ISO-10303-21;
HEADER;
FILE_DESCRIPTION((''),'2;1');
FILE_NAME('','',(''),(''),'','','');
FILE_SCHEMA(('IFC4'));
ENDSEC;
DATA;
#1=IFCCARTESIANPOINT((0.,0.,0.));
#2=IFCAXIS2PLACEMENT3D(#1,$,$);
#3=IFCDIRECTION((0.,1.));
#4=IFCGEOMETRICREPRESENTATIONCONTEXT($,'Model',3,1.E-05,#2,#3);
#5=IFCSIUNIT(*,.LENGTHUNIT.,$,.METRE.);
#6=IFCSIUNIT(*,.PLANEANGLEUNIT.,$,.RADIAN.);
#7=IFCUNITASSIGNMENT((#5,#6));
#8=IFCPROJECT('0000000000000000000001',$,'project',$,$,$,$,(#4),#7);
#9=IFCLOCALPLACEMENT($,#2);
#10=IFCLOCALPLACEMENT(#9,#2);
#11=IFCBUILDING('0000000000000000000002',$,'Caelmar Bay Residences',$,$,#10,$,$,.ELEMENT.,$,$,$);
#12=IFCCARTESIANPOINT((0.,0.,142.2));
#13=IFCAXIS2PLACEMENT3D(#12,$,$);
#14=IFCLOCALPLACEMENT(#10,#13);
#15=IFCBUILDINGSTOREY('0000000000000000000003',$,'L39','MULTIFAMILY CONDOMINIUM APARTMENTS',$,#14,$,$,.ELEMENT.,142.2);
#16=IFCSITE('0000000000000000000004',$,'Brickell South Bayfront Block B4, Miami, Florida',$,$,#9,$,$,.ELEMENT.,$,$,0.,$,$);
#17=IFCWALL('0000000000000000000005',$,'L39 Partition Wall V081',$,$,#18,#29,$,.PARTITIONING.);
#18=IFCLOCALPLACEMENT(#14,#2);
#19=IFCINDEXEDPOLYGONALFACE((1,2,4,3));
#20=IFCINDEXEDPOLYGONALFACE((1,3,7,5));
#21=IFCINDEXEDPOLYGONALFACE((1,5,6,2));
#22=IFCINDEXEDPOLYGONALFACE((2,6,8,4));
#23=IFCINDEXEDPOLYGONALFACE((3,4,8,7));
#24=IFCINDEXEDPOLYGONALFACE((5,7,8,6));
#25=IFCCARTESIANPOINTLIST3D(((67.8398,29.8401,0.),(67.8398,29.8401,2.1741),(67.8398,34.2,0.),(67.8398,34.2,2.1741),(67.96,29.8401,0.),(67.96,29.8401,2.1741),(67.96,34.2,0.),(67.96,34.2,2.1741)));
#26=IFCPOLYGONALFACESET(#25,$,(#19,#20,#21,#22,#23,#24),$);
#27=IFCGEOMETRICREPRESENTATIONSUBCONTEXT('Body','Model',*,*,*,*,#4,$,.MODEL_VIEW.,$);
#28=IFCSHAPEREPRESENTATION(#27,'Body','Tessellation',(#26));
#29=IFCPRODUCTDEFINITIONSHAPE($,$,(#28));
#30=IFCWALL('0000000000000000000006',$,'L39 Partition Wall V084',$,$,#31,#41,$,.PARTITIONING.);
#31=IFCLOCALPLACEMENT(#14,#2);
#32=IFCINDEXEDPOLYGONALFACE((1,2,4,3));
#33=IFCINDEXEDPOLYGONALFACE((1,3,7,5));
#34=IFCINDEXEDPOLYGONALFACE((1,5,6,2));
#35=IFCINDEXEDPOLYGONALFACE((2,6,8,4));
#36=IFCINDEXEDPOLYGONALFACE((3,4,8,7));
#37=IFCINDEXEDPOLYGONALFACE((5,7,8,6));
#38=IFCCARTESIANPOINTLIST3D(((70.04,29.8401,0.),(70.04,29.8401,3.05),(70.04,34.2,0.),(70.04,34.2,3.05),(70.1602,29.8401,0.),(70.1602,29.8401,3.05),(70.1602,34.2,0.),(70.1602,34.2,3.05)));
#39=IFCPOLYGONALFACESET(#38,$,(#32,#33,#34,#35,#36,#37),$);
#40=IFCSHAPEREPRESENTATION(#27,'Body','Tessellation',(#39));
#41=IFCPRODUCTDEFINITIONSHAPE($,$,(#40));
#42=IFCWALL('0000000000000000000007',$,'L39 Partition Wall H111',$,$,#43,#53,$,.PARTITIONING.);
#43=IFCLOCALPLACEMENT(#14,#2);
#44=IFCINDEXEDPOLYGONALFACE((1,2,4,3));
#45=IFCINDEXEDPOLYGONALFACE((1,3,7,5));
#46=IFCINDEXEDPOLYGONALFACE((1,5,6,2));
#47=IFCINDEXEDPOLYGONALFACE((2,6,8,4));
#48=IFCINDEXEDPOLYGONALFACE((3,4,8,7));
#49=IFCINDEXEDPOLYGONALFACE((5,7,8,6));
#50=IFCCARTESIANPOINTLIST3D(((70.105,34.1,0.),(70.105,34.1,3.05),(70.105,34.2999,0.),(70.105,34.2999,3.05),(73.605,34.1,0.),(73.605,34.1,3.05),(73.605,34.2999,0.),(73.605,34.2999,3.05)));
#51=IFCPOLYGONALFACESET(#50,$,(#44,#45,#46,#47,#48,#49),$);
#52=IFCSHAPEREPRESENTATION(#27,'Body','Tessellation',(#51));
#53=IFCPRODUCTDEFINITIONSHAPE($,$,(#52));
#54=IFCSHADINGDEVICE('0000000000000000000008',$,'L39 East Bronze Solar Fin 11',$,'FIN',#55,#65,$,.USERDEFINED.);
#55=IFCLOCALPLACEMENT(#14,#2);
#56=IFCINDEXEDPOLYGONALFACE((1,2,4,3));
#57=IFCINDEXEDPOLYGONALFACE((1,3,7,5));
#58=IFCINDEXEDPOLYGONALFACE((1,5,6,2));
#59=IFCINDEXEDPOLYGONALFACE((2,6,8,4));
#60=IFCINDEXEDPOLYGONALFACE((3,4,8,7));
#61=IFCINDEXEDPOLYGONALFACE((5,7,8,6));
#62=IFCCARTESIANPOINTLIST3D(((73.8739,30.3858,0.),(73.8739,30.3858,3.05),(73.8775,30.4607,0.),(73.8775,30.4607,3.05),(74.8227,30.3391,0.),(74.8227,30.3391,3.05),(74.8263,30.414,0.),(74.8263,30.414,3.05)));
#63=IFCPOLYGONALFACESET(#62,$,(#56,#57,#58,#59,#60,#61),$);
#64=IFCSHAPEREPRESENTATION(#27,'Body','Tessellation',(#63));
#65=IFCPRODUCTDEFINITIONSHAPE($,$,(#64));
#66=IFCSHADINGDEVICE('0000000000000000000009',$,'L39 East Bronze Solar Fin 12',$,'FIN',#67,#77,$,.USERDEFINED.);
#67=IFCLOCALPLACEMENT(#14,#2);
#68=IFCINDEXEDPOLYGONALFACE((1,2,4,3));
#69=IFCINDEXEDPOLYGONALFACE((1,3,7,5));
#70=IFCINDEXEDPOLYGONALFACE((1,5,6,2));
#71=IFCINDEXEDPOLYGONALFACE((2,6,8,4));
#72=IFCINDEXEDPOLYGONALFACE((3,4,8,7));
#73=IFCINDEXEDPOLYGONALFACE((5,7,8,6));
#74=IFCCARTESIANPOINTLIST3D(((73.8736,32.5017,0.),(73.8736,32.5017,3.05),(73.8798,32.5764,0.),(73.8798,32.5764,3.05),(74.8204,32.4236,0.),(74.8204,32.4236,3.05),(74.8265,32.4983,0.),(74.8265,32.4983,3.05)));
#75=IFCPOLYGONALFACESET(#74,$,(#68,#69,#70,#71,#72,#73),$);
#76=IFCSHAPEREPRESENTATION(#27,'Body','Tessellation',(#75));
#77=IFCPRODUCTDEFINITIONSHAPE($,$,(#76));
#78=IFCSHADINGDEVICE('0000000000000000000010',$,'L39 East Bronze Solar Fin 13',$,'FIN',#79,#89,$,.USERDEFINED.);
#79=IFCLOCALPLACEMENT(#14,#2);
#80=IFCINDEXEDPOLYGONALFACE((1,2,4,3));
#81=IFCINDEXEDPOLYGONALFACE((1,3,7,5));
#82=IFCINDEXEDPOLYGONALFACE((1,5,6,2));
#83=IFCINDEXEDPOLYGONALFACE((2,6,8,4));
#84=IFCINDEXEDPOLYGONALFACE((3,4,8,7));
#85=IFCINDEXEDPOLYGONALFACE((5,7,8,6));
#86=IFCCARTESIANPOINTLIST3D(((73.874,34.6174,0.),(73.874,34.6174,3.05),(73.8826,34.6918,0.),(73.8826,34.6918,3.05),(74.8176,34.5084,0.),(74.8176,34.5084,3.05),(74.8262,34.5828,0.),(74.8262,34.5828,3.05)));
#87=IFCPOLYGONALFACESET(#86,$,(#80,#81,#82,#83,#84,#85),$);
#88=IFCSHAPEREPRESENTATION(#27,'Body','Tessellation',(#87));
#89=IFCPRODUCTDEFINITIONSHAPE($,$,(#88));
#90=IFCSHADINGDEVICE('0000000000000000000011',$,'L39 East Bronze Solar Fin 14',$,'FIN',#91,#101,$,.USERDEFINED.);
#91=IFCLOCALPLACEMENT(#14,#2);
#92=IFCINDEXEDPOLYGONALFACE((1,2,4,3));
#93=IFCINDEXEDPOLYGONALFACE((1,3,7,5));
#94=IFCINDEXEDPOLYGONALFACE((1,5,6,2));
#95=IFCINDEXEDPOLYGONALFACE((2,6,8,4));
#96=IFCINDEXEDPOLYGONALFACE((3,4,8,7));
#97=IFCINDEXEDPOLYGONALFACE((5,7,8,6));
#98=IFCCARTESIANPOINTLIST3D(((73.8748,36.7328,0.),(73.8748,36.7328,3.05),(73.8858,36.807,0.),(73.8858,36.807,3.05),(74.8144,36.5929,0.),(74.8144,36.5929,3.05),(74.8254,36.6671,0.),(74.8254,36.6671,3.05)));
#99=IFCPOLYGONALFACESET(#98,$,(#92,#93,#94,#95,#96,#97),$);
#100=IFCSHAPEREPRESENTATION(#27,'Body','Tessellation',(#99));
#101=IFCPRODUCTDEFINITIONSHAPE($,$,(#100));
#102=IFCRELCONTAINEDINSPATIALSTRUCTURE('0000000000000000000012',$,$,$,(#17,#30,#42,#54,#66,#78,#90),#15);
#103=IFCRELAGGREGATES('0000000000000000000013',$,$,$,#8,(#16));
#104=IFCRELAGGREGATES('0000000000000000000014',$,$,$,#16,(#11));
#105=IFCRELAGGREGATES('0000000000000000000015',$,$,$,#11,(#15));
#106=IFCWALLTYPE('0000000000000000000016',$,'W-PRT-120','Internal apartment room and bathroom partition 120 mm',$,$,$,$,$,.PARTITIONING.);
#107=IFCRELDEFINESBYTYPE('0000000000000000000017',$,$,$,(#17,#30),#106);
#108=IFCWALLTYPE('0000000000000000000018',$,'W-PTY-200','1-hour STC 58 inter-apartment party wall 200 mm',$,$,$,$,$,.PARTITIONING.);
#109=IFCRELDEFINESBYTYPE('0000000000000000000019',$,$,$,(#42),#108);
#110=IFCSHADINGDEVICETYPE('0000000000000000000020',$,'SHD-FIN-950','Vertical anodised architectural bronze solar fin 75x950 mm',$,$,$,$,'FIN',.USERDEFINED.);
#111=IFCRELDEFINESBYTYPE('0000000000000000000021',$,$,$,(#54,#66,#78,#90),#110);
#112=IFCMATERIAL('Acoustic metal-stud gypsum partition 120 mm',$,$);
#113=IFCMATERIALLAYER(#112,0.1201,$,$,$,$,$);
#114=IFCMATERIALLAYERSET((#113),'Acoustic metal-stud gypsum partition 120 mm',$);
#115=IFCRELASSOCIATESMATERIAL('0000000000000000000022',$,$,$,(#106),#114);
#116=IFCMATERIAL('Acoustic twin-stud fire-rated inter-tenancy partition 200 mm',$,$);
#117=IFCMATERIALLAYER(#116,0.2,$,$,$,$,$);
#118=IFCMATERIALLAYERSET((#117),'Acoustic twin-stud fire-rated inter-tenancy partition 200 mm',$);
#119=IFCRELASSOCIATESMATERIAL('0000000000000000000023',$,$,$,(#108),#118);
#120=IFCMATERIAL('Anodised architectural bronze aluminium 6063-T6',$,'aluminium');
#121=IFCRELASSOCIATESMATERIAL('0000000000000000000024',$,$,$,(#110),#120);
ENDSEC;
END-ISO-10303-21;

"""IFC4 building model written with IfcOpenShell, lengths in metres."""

from ifc_helpers import new_model, si_unit, direction, frame, frame_2d, origin, origin_2d, place, context, subcontext, project, spatial, rectangle, extrude, material, layer, layer_set, material_profile, profile_set, type_object, element, save


model = new_model("IFC4")

# Units and contexts
model_context = context("Model", 3, precision=1e-05, world=origin(), true_north=direction((0.0, 1.0)))
body_context = subcontext(model_context, "Body", "Model", "MODEL_VIEW")
ifc_project = project(units=[si_unit("LENGTHUNIT", "METRE"), si_unit("PLANEANGLEUNIT", "RADIAN")], contexts=[model_context])

# Site, building, storey
site_placement = place(None, origin())
site = spatial("IfcSite", under=ifc_project, at=site_placement, Name="Brickell South Bayfront Block B4, Miami, Florida", CompositionType="ELEMENT", RefElevation=0.0)
building_placement = place(site_placement, origin())
building = spatial("IfcBuilding", under=site, at=building_placement, Name="Caelmar Bay Residences", CompositionType="ELEMENT")
storey_placement = place(building_placement, frame((0.0, 0.0, 142.2)))
storey = spatial("IfcBuildingStorey", under=building, at=storey_placement, Name="L39", Description="MULTIFAMILY CONDOMINIUM APARTMENTS", CompositionType="ELEMENT", Elevation=142.2)

# Shared definitions
ifc_material_1 = material(Name="Acoustic metal-stud gypsum partition 120 mm")
ifc_layer_1 = layer(ifc_material_1, 0.1201)
ifc_layer_set_1 = layer_set([ifc_layer_1], Name="Acoustic metal-stud gypsum partition 120 mm")
wall_type_1 = type_object("IfcWallType", Name="W-PRT-120", Description="Internal apartment room and bathroom partition 120 mm", PredefinedType="PARTITIONING", material=ifc_layer_set_1)

# Walls
wall_1_placement = place(storey_placement, frame((67.8999, 29.8401, 0.0), z_axis=(0.0, 0.0, 1.0), x_axis=(0.0, 1.0, 0.0)))
element("IfcWall", 1, at=wall_1_placement, inside=storey, type_object=wall_type_1, Name="L39 Partition Wall V081", PredefinedType="PARTITIONING", context=body_context, shape_type="SweptSolid", body=[
    extrude(rectangle(XDim=4.3599, YDim=0.1201, at=frame_2d((2.1799, 0.0))), origin(), (0.0, 0.0, 1.0), 2.1741),
])
wall_2_placement = place(storey_placement, frame((70.1001, 29.8401, 0.0), z_axis=(0.0, 0.0, 1.0), x_axis=(0.0, 1.0, 0.0)))
element("IfcWall", 2, at=wall_2_placement, inside=storey, type_object=wall_type_1, Name="L39 Partition Wall V084", PredefinedType="PARTITIONING", context=body_context, shape_type="SweptSolid", body=[
    extrude(rectangle(XDim=4.3599, YDim=0.1201, at=frame_2d((2.1799, 0.0))), origin(), (0.0, 0.0, 1.0), 3.05),
])
ifc_material_2 = material(Name="Acoustic twin-stud fire-rated inter-tenancy partition 200 mm")
ifc_layer_2 = layer(ifc_material_2, 0.2)
ifc_layer_set_2 = layer_set([ifc_layer_2], Name="Acoustic twin-stud fire-rated inter-tenancy partition 200 mm")
wall_type_2 = type_object("IfcWallType", Name="W-PTY-200", Description="1-hour STC 58 inter-apartment party wall 200 mm", PredefinedType="PARTITIONING", material=ifc_layer_set_2)
wall_3_placement = place(storey_placement, frame((70.105, 34.2, 0.0), z_axis=(0.0, 0.0, 1.0), x_axis=(1.0, 0.0, 0.0)))
element("IfcWall", 3, at=wall_3_placement, inside=storey, type_object=wall_type_2, Name="L39 Partition Wall H111", PredefinedType="PARTITIONING", context=body_context, shape_type="SweptSolid", body=[
    extrude(rectangle(XDim=3.5, YDim=0.2, at=frame_2d((1.75, 0.0))), origin(), (0.0, 0.0, 1.0), 3.05),
])

# Shading devices
ifc_material_3 = material(Name="Anodised architectural bronze aluminium 6063-T6", Category="aluminium")
ifc_material_profile = material_profile(ifc_material_3, rectangle(XDim=0.075, YDim=0.95, at=origin_2d()), Name="BRONZE-FIN-75X950")
ifc_profile_set = profile_set([ifc_material_profile], Name="Anodised architectural bronze aluminium 6063-T6")
shading_device_type = type_object("IfcShadingDeviceType", Name="SHD-FIN-950", Description="Vertical anodised architectural bronze solar fin 75x950 mm", ElementType="FIN", PredefinedType="USERDEFINED", material=ifc_profile_set)
for number, where, z_axis, x_axis, name in (
    (4, (74.3501, 30.3999, 0.0), (0.0, 0.0, 1.0), (0.049198, 0.998789, 0.0), "L39 East Bronze Solar Fin 11"),
    (5, (74.3501, 32.5, 0.0), (0.0, 0.0, 1.0), (0.082112, 0.996623, 0.0), "L39 East Bronze Solar Fin 12"),
    (6, (74.3501, 34.6001, 0.0), (0.0, 0.0, 1.0), (0.114764, 0.993393, 0.0), "L39 East Bronze Solar Fin 13"),
    (7, (74.3501, 36.7, 0.0), (0.0, 0.0, 1.0), (0.147292, 0.989093, 0.0), "L39 East Bronze Solar Fin 14"),
):
    element("IfcShadingDevice", number, at=place(storey_placement, frame(where, z_axis=z_axis, x_axis=x_axis)), inside=storey, type_object=shading_device_type, Name=name, ObjectType="FIN", PredefinedType="USERDEFINED", context=body_context, shape_type="SweptSolid", body=[
        extrude(rectangle(XDim=0.075, YDim=0.95, at=origin_2d()), origin(), (0.0, 0.0, 1.0), 3.05),
    ])

save(model, "model.ifc")
